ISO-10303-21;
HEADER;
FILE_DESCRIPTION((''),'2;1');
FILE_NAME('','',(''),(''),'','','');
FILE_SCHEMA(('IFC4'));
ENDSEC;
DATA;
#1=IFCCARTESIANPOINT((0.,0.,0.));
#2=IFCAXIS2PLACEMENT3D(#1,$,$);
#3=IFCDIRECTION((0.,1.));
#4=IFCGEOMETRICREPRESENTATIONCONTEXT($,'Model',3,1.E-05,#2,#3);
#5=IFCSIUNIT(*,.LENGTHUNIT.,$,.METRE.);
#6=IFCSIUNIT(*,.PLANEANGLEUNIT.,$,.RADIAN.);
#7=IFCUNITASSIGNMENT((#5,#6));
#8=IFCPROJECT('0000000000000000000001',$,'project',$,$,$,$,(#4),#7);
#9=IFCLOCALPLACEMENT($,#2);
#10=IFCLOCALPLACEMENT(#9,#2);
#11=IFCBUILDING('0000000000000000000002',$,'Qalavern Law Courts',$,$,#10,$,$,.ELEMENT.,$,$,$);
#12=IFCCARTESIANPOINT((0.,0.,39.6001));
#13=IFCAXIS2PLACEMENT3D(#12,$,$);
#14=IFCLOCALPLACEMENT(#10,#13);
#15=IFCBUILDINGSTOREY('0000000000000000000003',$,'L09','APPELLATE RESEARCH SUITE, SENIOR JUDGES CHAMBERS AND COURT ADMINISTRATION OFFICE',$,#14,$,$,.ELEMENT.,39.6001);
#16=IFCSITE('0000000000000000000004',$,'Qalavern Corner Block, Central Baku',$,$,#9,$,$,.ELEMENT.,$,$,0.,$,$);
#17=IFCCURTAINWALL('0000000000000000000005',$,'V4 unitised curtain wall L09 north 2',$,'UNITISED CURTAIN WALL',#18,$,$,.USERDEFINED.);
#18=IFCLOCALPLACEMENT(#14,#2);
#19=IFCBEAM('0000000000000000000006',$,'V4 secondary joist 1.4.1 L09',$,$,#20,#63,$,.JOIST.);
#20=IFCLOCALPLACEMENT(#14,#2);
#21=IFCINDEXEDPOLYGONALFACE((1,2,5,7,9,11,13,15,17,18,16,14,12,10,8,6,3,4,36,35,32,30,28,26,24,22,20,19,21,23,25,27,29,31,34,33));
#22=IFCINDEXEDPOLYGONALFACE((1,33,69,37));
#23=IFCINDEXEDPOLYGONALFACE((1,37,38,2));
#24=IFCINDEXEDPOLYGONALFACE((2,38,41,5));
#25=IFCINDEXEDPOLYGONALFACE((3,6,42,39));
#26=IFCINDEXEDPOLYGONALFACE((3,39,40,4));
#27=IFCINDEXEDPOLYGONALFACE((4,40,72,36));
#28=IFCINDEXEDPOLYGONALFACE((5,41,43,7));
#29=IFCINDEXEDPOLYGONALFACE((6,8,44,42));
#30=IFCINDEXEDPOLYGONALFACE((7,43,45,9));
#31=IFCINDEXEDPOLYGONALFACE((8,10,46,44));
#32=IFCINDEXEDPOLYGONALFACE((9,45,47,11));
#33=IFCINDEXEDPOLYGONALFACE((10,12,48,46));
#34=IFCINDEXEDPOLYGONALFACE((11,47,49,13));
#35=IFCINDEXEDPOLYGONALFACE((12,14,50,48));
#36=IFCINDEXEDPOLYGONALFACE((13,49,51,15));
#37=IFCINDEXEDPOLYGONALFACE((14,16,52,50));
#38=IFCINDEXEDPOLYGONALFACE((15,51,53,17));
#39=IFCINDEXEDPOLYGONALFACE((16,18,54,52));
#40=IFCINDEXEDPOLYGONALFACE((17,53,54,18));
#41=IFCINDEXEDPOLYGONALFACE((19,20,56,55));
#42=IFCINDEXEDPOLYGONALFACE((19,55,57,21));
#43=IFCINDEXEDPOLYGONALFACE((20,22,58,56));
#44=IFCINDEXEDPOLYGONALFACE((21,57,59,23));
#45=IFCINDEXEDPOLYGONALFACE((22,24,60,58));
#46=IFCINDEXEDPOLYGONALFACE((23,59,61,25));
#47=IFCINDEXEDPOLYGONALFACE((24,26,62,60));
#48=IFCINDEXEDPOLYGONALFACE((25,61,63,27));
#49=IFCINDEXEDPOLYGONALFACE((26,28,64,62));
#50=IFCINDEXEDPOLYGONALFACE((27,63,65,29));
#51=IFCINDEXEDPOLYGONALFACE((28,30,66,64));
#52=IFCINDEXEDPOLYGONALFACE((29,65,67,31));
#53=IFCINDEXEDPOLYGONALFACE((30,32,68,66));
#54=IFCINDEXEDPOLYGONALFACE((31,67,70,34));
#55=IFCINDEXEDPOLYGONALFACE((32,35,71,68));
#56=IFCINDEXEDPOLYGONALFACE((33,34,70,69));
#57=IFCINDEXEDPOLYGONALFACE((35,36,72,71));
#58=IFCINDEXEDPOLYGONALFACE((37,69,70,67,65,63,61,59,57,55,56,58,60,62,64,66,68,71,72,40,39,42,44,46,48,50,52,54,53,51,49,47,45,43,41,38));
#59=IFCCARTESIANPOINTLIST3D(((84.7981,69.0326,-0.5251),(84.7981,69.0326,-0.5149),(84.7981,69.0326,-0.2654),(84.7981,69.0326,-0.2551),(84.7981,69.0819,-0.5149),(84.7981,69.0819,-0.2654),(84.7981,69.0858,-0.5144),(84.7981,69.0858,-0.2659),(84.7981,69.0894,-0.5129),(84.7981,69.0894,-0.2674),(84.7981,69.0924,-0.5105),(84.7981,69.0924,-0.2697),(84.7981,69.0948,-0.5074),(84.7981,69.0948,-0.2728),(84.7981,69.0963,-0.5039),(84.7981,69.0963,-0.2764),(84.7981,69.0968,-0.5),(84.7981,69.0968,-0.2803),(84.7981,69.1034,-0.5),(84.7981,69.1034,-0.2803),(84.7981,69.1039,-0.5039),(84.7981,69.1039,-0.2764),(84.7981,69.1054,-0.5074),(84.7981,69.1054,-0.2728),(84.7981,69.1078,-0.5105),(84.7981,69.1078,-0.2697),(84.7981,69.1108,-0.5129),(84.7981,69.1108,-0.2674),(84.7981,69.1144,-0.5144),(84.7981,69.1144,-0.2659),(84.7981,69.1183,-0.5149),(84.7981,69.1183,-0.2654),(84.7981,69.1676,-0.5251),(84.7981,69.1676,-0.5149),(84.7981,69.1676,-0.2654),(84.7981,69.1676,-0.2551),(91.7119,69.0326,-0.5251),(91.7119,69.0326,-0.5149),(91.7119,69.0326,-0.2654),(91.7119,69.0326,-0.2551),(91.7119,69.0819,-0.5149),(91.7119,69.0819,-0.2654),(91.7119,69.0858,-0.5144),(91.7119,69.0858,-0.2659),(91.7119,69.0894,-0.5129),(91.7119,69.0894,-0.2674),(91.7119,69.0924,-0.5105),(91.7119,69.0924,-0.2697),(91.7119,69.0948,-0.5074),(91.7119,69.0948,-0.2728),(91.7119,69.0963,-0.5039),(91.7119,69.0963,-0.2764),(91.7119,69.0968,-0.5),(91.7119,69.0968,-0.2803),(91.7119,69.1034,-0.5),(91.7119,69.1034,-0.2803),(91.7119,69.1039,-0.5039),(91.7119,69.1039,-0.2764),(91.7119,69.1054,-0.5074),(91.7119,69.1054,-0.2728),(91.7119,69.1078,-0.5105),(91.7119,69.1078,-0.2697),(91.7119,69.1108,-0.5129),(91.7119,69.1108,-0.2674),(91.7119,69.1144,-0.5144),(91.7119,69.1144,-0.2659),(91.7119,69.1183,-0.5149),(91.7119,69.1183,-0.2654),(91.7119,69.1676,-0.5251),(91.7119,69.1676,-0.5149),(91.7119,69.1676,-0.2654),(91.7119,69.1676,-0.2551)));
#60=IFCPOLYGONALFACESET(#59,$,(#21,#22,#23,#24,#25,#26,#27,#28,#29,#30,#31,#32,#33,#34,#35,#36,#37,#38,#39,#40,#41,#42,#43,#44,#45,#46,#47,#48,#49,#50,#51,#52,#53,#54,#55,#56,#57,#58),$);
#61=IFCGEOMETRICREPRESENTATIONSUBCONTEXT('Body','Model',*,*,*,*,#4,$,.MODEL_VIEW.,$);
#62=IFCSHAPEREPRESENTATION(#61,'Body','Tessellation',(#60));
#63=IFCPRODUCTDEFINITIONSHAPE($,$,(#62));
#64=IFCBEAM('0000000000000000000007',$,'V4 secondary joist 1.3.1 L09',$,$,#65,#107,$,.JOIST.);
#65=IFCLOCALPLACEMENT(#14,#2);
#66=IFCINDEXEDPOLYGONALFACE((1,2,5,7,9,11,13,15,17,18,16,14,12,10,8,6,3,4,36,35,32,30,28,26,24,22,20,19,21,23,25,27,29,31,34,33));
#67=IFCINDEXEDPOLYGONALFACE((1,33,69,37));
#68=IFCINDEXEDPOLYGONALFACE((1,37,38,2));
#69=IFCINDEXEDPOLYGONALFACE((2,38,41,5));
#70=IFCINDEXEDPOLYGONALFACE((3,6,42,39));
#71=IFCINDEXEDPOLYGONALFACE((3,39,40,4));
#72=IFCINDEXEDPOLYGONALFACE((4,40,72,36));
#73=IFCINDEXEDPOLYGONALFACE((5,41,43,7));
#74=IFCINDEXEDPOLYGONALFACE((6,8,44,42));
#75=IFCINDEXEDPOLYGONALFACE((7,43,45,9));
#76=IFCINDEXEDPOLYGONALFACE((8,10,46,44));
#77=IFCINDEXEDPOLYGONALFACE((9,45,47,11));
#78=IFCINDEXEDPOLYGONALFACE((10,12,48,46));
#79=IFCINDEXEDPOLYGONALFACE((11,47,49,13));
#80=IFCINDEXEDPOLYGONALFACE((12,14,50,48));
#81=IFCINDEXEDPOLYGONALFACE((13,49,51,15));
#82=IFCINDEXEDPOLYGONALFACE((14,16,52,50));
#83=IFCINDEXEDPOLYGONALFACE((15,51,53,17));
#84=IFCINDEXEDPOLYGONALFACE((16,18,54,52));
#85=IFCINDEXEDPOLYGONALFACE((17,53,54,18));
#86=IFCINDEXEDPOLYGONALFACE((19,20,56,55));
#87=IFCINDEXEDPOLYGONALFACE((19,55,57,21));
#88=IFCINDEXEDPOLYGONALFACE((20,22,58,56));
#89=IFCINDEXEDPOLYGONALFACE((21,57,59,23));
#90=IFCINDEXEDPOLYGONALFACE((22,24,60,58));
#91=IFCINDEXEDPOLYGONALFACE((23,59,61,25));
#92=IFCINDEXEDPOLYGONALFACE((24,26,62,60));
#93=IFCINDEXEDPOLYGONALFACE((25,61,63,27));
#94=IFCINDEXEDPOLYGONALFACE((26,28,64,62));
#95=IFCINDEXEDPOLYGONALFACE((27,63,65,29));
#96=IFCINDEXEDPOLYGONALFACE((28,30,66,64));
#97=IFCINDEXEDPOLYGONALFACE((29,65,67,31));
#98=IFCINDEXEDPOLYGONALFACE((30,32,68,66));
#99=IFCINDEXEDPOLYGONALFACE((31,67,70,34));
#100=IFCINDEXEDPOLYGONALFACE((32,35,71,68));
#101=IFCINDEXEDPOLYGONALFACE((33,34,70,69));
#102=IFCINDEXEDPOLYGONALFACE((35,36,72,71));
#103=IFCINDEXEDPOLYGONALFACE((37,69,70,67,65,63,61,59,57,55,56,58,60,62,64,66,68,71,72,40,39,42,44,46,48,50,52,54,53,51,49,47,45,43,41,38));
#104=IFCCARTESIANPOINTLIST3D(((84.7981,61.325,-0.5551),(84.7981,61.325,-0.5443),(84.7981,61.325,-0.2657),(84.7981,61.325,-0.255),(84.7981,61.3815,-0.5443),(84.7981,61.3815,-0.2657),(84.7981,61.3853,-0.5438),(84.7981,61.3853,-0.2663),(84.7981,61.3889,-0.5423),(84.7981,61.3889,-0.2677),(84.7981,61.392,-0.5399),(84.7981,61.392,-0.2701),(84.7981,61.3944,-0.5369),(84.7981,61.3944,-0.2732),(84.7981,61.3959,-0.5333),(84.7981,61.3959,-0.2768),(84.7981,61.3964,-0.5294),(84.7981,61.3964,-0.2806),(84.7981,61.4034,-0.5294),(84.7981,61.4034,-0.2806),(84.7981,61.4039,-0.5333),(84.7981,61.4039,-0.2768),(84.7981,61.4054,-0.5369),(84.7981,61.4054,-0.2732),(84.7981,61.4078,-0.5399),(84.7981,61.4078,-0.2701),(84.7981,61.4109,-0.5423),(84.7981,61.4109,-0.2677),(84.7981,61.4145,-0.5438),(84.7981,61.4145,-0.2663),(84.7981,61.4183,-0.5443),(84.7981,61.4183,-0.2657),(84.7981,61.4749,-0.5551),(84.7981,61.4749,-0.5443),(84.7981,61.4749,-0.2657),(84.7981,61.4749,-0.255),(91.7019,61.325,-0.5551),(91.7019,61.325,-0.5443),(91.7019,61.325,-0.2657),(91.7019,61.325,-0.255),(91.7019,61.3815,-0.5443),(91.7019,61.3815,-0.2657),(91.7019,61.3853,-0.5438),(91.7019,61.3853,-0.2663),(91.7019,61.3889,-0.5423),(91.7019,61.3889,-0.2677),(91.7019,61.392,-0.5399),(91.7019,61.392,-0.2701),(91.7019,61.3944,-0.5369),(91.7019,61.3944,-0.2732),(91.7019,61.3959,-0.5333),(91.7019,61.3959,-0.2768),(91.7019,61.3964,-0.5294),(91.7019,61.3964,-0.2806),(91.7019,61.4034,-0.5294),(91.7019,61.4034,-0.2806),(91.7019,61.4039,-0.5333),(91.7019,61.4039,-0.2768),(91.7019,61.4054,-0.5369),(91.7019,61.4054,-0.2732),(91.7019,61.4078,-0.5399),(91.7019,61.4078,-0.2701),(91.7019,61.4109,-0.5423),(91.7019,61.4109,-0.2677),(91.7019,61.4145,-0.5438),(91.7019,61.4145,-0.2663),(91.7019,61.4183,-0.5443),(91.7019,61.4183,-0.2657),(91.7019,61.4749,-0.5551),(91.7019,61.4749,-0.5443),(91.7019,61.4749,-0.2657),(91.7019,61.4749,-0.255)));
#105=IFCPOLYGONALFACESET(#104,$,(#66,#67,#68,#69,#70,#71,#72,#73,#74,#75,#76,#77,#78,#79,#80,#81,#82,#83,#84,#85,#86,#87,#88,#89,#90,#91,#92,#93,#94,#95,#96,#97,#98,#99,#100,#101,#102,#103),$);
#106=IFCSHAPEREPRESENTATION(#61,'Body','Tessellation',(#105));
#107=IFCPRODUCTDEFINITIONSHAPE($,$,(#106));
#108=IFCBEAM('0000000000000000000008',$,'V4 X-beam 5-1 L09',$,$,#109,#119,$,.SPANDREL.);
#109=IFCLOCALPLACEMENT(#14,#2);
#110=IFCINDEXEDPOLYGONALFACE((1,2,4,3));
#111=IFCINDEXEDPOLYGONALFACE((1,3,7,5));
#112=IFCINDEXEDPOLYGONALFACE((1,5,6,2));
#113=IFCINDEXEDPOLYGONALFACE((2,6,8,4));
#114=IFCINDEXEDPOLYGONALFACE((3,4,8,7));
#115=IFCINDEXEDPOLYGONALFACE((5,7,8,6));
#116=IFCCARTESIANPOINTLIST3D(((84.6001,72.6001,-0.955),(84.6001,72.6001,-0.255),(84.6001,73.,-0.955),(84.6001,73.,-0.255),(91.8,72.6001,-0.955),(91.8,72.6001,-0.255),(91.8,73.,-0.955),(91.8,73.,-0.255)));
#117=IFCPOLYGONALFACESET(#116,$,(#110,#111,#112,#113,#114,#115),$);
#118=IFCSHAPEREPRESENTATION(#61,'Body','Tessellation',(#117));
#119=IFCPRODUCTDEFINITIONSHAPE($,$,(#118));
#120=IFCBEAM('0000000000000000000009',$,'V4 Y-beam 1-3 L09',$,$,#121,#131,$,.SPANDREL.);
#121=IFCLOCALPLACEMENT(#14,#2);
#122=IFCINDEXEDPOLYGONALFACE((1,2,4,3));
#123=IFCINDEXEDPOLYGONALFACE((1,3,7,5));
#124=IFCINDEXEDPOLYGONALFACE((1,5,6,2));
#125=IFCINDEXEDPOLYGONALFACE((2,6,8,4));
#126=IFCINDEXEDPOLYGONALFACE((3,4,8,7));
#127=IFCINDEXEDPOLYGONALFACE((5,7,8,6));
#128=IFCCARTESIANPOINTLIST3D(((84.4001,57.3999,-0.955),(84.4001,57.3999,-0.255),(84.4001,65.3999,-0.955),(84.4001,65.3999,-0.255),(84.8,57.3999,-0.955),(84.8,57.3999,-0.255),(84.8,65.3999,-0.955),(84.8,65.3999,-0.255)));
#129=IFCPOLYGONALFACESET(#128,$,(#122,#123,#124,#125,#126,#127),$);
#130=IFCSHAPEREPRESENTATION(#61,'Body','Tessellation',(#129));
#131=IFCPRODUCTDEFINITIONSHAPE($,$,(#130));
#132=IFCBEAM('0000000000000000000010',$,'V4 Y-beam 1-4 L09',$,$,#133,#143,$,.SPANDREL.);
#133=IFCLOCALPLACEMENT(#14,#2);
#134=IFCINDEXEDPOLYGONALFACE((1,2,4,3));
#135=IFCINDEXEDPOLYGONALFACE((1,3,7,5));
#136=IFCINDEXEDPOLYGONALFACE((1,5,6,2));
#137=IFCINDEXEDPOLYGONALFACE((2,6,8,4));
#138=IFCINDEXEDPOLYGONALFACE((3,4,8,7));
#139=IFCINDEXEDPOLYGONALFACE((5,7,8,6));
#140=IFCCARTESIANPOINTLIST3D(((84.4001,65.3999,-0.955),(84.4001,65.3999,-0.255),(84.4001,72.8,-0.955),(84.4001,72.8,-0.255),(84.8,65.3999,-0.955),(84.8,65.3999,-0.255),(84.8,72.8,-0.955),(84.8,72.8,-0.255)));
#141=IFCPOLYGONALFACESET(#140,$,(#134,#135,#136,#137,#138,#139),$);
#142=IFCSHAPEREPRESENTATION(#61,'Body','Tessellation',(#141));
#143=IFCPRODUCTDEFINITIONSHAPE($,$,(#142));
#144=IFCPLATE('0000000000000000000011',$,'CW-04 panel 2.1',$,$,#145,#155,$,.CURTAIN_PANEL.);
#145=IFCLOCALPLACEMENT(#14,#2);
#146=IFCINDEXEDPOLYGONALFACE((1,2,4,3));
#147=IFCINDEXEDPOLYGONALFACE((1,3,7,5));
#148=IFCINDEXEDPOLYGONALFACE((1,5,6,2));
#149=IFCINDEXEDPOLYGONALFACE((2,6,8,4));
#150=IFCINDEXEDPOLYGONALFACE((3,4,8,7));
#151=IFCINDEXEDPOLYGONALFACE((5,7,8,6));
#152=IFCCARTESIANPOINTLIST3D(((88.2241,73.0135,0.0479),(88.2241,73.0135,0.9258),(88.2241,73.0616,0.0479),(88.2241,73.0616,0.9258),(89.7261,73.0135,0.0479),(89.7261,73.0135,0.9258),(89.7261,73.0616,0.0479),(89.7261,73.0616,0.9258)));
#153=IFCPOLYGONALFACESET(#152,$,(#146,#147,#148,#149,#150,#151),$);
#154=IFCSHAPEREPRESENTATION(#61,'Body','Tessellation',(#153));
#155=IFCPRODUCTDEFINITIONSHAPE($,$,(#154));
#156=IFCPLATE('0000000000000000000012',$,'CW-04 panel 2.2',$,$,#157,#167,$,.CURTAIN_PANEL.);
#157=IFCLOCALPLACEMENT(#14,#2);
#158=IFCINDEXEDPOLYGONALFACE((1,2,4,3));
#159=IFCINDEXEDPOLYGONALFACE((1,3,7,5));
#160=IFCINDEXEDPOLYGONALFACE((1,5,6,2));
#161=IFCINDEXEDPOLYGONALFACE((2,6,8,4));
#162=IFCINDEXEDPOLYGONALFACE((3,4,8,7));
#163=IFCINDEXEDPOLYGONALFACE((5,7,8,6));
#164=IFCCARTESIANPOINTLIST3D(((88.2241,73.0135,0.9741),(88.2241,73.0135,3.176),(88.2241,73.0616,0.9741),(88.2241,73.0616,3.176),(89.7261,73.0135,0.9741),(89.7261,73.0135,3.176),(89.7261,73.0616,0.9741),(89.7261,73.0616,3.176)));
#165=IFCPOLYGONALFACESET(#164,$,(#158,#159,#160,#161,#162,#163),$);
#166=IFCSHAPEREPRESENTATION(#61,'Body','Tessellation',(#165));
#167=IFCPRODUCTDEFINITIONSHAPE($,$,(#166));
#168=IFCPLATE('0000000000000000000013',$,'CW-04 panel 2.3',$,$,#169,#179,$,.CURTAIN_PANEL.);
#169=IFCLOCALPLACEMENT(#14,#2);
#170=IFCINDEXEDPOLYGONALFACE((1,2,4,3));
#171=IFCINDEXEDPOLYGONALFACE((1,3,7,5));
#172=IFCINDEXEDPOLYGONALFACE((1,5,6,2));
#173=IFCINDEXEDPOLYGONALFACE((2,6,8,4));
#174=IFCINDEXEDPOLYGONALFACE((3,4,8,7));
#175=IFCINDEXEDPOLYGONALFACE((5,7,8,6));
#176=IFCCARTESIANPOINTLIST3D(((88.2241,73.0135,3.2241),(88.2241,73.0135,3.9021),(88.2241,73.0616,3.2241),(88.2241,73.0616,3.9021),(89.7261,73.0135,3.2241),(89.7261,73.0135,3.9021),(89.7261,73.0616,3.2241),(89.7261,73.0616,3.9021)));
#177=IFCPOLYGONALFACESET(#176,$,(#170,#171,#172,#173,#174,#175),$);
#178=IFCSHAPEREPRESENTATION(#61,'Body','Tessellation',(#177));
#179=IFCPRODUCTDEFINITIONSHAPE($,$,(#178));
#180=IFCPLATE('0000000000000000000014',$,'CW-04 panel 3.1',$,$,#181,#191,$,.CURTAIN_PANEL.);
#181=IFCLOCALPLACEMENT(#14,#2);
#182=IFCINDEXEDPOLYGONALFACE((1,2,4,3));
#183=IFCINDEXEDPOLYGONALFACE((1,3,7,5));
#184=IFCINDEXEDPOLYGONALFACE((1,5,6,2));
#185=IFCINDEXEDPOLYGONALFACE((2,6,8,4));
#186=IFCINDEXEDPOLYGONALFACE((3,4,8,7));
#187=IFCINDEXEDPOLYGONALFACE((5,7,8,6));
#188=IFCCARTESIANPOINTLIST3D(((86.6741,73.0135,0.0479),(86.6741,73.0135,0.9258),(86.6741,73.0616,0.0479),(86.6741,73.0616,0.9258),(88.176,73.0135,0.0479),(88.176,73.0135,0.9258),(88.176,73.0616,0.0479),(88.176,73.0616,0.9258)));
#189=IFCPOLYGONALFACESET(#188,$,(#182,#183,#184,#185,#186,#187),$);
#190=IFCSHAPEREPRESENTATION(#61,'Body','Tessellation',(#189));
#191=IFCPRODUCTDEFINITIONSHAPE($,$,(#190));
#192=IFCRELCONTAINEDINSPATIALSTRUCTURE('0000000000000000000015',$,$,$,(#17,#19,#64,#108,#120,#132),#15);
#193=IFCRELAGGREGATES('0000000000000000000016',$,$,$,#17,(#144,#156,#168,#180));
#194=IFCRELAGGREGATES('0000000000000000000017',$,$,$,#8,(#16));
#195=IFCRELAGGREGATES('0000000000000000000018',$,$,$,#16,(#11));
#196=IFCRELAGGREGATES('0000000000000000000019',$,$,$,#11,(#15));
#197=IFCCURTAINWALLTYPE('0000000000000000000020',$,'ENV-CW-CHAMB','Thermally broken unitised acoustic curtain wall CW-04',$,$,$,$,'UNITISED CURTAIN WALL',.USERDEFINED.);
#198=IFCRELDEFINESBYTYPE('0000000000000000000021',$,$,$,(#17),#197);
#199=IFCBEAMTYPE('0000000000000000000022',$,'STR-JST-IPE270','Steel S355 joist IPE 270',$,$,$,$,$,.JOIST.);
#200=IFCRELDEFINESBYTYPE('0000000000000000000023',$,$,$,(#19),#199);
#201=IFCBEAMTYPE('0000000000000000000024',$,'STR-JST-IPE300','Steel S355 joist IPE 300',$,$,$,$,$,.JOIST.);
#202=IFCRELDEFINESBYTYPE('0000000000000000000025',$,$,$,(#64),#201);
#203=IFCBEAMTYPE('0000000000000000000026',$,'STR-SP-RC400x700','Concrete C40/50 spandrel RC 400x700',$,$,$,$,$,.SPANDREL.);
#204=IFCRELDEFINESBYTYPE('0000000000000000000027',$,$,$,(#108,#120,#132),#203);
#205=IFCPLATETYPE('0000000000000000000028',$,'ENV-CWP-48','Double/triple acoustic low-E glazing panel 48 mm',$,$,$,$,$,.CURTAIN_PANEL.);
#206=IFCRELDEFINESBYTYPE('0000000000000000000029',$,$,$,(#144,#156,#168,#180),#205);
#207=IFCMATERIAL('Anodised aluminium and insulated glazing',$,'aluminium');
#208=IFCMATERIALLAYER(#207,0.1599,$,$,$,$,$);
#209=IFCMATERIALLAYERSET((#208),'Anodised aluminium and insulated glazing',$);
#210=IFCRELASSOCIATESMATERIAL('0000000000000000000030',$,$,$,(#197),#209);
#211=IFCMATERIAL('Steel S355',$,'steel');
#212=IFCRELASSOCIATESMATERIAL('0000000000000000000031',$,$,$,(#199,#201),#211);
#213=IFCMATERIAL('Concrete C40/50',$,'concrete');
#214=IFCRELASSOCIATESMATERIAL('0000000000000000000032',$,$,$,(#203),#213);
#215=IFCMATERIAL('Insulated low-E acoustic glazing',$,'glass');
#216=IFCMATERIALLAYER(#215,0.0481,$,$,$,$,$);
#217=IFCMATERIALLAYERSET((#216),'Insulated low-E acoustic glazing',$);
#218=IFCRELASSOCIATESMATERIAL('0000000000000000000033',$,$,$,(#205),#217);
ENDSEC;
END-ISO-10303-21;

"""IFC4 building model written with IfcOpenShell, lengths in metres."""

from ifc_helpers import new_model, si_unit, direction, frame, origin, origin_2d, place, context, subcontext, project, spatial, rectangle, i_section, extrude, material, layer, layer_set, material_profile, profile_set, type_object, element, aggregate, save


model = new_model("IFC4")

# Units and contexts
model_context = context("Model", 3, precision=1e-05, world=origin(), true_north=direction((0.0, 1.0)))
body_context = subcontext(model_context, "Body", "Model", "MODEL_VIEW")
ifc_project = project(units=[si_unit("LENGTHUNIT", "METRE"), si_unit("PLANEANGLEUNIT", "RADIAN")], contexts=[model_context])

# Site, building, storey
site_placement = place(None, origin())
site = spatial("IfcSite", under=ifc_project, at=site_placement, Name="Qalavern Corner Block, Central Baku", CompositionType="ELEMENT", RefElevation=0.0)
building_placement = place(site_placement, origin())
building = spatial("IfcBuilding", under=site, at=building_placement, Name="Qalavern Law Courts", CompositionType="ELEMENT")
storey_placement = place(building_placement, frame((0.0, 0.0, 39.6001)))
storey = spatial("IfcBuildingStorey", under=building, at=storey_placement, Name="L09", Description="APPELLATE RESEARCH SUITE, SENIOR JUDGES CHAMBERS AND COURT ADMINISTRATION OFFICE", CompositionType="ELEMENT", Elevation=39.6001)

# Curtain wall
ifc_material_1 = material(Name="Anodised aluminium and insulated glazing", Category="aluminium")
ifc_layer_1 = layer(ifc_material_1, 0.1599)
ifc_layer_set_1 = layer_set([ifc_layer_1], Name="Anodised aluminium and insulated glazing")
curtain_wall_type = type_object("IfcCurtainWallType", Name="ENV-CW-CHAMB", Description="Thermally broken unitised acoustic curtain wall CW-04", ElementType="UNITISED CURTAIN WALL", PredefinedType="USERDEFINED", material=ifc_layer_set_1)
curtain_wall_placement = place(storey_placement, origin())
curtain_wall = element("IfcCurtainWall", 1, at=curtain_wall_placement, inside=storey, type_object=curtain_wall_type, Name="V4 unitised curtain wall L09 north 2", ObjectType="UNITISED CURTAIN WALL", PredefinedType="USERDEFINED")

# Beams
ifc_material_2 = material(Name="Steel S355", Category="steel")
ifc_material_profile_1 = material_profile(ifc_material_2, i_section(OverallWidth=0.135, OverallDepth=0.27, WebThickness=0.0066, FlangeThickness=0.0103, FilletRadius=0.0149, at=origin_2d()), Name="IPE 270")
ifc_profile_set_1 = profile_set([ifc_material_profile_1], Name="Steel S355")
beam_type_1 = type_object("IfcBeamType", Name="STR-JST-IPE270", Description="Steel S355 joist IPE 270", PredefinedType="JOIST", material=ifc_profile_set_1)
beam_1_placement = place(storey_placement, frame((84.7981, 69.1001, -0.3901), z_axis=(1.0, 0.0, 0.0), x_axis=(0.0, 1.0, 0.0)))
element("IfcBeam", 2, at=beam_1_placement, inside=storey, type_object=beam_type_1, Name="V4 secondary joist 1.4.1 L09", PredefinedType="JOIST", context=body_context, shape_type="SweptSolid", body=[
    extrude(i_section(OverallWidth=0.135, OverallDepth=0.27, WebThickness=0.0066, FlangeThickness=0.0103, FilletRadius=0.0149, at=origin_2d()), origin(), (0.0, 0.0, 1.0), 6.9138),
])
ifc_material_profile_2 = material_profile(ifc_material_2, i_section(OverallWidth=0.1499, OverallDepth=0.3, WebThickness=0.0071, FlangeThickness=0.0107, FilletRadius=0.0149, at=origin_2d()), Name="IPE 300")
ifc_profile_set_2 = profile_set([ifc_material_profile_2], Name="Steel S355")
beam_type_2 = type_object("IfcBeamType", Name="STR-JST-IPE300", Description="Steel S355 joist IPE 300", PredefinedType="JOIST", material=ifc_profile_set_2)
beam_2_placement = place(storey_placement, frame((84.7981, 61.3999, -0.405), z_axis=(1.0, 0.0, 0.0), x_axis=(0.0, 1.0, 0.0)))
element("IfcBeam", 3, at=beam_2_placement, inside=storey, type_object=beam_type_2, Name="V4 secondary joist 1.3.1 L09", PredefinedType="JOIST", context=body_context, shape_type="SweptSolid", body=[
    extrude(i_section(OverallWidth=0.1499, OverallDepth=0.3, WebThickness=0.0071, FlangeThickness=0.0107, FilletRadius=0.0149, at=origin_2d()), origin(), (0.0, 0.0, 1.0), 6.9038),
])
ifc_material_3 = material(Name="Concrete C40/50", Category="concrete")
ifc_material_profile_3 = material_profile(ifc_material_3, rectangle(XDim=0.3999, YDim=0.7, at=origin_2d()), Name="RC 400x700")
ifc_profile_set_3 = profile_set([ifc_material_profile_3], Name="Concrete C40/50")
beam_type_3 = type_object("IfcBeamType", Name="STR-SP-RC400x700", Description="Concrete C40/50 spandrel RC 400x700", PredefinedType="SPANDREL", material=ifc_profile_set_3)
beam_3_placement = place(storey_placement, frame((84.6001, 72.8, -0.605), z_axis=(1.0, 0.0, 0.0), x_axis=(0.0, 1.0, 0.0)))
element("IfcBeam", 4, at=beam_3_placement, inside=storey, type_object=beam_type_3, Name="V4 X-beam 5-1 L09", PredefinedType="SPANDREL", context=body_context, shape_type="SweptSolid", body=[
    extrude(rectangle(XDim=0.3999, YDim=0.7, at=origin_2d()), origin(), (0.0, 0.0, 1.0), 7.2),
])
beam_4_placement = place(storey_placement, frame((84.6001, 57.3999, -0.605), z_axis=(0.0, 1.0, 0.0), x_axis=(-1.0, 0.0, 0.0)))
element("IfcBeam", 5, at=beam_4_placement, inside=storey, type_object=beam_type_3, Name="V4 Y-beam 1-3 L09", PredefinedType="SPANDREL", context=body_context, shape_type="SweptSolid", body=[
    extrude(rectangle(XDim=0.3999, YDim=0.7, at=origin_2d()), origin(), (0.0, 0.0, 1.0), 8.0),
])
beam_5_placement = place(storey_placement, frame((84.6001, 65.3999, -0.605), z_axis=(0.0, 1.0, 0.0), x_axis=(-1.0, 0.0, 0.0)))
element("IfcBeam", 6, at=beam_5_placement, inside=storey, type_object=beam_type_3, Name="V4 Y-beam 1-4 L09", PredefinedType="SPANDREL", context=body_context, shape_type="SweptSolid", body=[
    extrude(rectangle(XDim=0.3999, YDim=0.7, at=origin_2d()), origin(), (0.0, 0.0, 1.0), 7.4001),
])

# Plates
ifc_material_4 = material(Name="Insulated low-E acoustic glazing", Category="glass")
ifc_layer_2 = layer(ifc_material_4, 0.0481)
ifc_layer_set_2 = layer_set([ifc_layer_2], Name="Insulated low-E acoustic glazing")
plate_type = type_object("IfcPlateType", Name="ENV-CWP-48", Description="Double/triple acoustic low-E glazing panel 48 mm", PredefinedType="CURTAIN_PANEL", material=ifc_layer_set_2)
plate_1_placement = place(storey_placement, frame((88.9751, 73.0376, 0.0479), z_axis=(0.0, 0.0, 1.0), x_axis=(-1.0, 0.0, 0.0)))
plate_1 = element("IfcPlate", 7, at=plate_1_placement, type_object=plate_type, Name="CW-04 panel 2.1", PredefinedType="CURTAIN_PANEL", context=body_context, shape_type="SweptSolid", body=[
    extrude(rectangle(XDim=1.502, YDim=0.0481, at=origin_2d()), origin(), (0.0, 0.0, 1.0), 0.8779),
])
plate_2_placement = place(storey_placement, frame((88.9751, 73.0376, 0.9741), z_axis=(0.0, 0.0, 1.0), x_axis=(-1.0, 0.0, 0.0)))
plate_2 = element("IfcPlate", 8, at=plate_2_placement, type_object=plate_type, Name="CW-04 panel 2.2", PredefinedType="CURTAIN_PANEL", context=body_context, shape_type="SweptSolid", body=[
    extrude(rectangle(XDim=1.502, YDim=0.0481, at=origin_2d()), origin(), (0.0, 0.0, 1.0), 2.2019),
])
plate_3_placement = place(storey_placement, frame((88.9751, 73.0376, 3.2241), z_axis=(0.0, 0.0, 1.0), x_axis=(-1.0, 0.0, 0.0)))
plate_3 = element("IfcPlate", 9, at=plate_3_placement, type_object=plate_type, Name="CW-04 panel 2.3", PredefinedType="CURTAIN_PANEL", context=body_context, shape_type="SweptSolid", body=[
    extrude(rectangle(XDim=1.502, YDim=0.0481, at=origin_2d()), origin(), (0.0, 0.0, 1.0), 0.678),
])
plate_4_placement = place(storey_placement, frame((87.425, 73.0376, 0.0479), z_axis=(0.0, 0.0, 1.0), x_axis=(-1.0, 0.0, 0.0)))
plate_4 = element("IfcPlate", 10, at=plate_4_placement, type_object=plate_type, Name="CW-04 panel 3.1", PredefinedType="CURTAIN_PANEL", context=body_context, shape_type="SweptSolid", body=[
    extrude(rectangle(XDim=1.502, YDim=0.0481, at=origin_2d()), origin(), (0.0, 0.0, 1.0), 0.8779),
])
aggregate(curtain_wall, [plate_1, plate_2, plate_3, plate_4])

save(model, "model.ifc")
